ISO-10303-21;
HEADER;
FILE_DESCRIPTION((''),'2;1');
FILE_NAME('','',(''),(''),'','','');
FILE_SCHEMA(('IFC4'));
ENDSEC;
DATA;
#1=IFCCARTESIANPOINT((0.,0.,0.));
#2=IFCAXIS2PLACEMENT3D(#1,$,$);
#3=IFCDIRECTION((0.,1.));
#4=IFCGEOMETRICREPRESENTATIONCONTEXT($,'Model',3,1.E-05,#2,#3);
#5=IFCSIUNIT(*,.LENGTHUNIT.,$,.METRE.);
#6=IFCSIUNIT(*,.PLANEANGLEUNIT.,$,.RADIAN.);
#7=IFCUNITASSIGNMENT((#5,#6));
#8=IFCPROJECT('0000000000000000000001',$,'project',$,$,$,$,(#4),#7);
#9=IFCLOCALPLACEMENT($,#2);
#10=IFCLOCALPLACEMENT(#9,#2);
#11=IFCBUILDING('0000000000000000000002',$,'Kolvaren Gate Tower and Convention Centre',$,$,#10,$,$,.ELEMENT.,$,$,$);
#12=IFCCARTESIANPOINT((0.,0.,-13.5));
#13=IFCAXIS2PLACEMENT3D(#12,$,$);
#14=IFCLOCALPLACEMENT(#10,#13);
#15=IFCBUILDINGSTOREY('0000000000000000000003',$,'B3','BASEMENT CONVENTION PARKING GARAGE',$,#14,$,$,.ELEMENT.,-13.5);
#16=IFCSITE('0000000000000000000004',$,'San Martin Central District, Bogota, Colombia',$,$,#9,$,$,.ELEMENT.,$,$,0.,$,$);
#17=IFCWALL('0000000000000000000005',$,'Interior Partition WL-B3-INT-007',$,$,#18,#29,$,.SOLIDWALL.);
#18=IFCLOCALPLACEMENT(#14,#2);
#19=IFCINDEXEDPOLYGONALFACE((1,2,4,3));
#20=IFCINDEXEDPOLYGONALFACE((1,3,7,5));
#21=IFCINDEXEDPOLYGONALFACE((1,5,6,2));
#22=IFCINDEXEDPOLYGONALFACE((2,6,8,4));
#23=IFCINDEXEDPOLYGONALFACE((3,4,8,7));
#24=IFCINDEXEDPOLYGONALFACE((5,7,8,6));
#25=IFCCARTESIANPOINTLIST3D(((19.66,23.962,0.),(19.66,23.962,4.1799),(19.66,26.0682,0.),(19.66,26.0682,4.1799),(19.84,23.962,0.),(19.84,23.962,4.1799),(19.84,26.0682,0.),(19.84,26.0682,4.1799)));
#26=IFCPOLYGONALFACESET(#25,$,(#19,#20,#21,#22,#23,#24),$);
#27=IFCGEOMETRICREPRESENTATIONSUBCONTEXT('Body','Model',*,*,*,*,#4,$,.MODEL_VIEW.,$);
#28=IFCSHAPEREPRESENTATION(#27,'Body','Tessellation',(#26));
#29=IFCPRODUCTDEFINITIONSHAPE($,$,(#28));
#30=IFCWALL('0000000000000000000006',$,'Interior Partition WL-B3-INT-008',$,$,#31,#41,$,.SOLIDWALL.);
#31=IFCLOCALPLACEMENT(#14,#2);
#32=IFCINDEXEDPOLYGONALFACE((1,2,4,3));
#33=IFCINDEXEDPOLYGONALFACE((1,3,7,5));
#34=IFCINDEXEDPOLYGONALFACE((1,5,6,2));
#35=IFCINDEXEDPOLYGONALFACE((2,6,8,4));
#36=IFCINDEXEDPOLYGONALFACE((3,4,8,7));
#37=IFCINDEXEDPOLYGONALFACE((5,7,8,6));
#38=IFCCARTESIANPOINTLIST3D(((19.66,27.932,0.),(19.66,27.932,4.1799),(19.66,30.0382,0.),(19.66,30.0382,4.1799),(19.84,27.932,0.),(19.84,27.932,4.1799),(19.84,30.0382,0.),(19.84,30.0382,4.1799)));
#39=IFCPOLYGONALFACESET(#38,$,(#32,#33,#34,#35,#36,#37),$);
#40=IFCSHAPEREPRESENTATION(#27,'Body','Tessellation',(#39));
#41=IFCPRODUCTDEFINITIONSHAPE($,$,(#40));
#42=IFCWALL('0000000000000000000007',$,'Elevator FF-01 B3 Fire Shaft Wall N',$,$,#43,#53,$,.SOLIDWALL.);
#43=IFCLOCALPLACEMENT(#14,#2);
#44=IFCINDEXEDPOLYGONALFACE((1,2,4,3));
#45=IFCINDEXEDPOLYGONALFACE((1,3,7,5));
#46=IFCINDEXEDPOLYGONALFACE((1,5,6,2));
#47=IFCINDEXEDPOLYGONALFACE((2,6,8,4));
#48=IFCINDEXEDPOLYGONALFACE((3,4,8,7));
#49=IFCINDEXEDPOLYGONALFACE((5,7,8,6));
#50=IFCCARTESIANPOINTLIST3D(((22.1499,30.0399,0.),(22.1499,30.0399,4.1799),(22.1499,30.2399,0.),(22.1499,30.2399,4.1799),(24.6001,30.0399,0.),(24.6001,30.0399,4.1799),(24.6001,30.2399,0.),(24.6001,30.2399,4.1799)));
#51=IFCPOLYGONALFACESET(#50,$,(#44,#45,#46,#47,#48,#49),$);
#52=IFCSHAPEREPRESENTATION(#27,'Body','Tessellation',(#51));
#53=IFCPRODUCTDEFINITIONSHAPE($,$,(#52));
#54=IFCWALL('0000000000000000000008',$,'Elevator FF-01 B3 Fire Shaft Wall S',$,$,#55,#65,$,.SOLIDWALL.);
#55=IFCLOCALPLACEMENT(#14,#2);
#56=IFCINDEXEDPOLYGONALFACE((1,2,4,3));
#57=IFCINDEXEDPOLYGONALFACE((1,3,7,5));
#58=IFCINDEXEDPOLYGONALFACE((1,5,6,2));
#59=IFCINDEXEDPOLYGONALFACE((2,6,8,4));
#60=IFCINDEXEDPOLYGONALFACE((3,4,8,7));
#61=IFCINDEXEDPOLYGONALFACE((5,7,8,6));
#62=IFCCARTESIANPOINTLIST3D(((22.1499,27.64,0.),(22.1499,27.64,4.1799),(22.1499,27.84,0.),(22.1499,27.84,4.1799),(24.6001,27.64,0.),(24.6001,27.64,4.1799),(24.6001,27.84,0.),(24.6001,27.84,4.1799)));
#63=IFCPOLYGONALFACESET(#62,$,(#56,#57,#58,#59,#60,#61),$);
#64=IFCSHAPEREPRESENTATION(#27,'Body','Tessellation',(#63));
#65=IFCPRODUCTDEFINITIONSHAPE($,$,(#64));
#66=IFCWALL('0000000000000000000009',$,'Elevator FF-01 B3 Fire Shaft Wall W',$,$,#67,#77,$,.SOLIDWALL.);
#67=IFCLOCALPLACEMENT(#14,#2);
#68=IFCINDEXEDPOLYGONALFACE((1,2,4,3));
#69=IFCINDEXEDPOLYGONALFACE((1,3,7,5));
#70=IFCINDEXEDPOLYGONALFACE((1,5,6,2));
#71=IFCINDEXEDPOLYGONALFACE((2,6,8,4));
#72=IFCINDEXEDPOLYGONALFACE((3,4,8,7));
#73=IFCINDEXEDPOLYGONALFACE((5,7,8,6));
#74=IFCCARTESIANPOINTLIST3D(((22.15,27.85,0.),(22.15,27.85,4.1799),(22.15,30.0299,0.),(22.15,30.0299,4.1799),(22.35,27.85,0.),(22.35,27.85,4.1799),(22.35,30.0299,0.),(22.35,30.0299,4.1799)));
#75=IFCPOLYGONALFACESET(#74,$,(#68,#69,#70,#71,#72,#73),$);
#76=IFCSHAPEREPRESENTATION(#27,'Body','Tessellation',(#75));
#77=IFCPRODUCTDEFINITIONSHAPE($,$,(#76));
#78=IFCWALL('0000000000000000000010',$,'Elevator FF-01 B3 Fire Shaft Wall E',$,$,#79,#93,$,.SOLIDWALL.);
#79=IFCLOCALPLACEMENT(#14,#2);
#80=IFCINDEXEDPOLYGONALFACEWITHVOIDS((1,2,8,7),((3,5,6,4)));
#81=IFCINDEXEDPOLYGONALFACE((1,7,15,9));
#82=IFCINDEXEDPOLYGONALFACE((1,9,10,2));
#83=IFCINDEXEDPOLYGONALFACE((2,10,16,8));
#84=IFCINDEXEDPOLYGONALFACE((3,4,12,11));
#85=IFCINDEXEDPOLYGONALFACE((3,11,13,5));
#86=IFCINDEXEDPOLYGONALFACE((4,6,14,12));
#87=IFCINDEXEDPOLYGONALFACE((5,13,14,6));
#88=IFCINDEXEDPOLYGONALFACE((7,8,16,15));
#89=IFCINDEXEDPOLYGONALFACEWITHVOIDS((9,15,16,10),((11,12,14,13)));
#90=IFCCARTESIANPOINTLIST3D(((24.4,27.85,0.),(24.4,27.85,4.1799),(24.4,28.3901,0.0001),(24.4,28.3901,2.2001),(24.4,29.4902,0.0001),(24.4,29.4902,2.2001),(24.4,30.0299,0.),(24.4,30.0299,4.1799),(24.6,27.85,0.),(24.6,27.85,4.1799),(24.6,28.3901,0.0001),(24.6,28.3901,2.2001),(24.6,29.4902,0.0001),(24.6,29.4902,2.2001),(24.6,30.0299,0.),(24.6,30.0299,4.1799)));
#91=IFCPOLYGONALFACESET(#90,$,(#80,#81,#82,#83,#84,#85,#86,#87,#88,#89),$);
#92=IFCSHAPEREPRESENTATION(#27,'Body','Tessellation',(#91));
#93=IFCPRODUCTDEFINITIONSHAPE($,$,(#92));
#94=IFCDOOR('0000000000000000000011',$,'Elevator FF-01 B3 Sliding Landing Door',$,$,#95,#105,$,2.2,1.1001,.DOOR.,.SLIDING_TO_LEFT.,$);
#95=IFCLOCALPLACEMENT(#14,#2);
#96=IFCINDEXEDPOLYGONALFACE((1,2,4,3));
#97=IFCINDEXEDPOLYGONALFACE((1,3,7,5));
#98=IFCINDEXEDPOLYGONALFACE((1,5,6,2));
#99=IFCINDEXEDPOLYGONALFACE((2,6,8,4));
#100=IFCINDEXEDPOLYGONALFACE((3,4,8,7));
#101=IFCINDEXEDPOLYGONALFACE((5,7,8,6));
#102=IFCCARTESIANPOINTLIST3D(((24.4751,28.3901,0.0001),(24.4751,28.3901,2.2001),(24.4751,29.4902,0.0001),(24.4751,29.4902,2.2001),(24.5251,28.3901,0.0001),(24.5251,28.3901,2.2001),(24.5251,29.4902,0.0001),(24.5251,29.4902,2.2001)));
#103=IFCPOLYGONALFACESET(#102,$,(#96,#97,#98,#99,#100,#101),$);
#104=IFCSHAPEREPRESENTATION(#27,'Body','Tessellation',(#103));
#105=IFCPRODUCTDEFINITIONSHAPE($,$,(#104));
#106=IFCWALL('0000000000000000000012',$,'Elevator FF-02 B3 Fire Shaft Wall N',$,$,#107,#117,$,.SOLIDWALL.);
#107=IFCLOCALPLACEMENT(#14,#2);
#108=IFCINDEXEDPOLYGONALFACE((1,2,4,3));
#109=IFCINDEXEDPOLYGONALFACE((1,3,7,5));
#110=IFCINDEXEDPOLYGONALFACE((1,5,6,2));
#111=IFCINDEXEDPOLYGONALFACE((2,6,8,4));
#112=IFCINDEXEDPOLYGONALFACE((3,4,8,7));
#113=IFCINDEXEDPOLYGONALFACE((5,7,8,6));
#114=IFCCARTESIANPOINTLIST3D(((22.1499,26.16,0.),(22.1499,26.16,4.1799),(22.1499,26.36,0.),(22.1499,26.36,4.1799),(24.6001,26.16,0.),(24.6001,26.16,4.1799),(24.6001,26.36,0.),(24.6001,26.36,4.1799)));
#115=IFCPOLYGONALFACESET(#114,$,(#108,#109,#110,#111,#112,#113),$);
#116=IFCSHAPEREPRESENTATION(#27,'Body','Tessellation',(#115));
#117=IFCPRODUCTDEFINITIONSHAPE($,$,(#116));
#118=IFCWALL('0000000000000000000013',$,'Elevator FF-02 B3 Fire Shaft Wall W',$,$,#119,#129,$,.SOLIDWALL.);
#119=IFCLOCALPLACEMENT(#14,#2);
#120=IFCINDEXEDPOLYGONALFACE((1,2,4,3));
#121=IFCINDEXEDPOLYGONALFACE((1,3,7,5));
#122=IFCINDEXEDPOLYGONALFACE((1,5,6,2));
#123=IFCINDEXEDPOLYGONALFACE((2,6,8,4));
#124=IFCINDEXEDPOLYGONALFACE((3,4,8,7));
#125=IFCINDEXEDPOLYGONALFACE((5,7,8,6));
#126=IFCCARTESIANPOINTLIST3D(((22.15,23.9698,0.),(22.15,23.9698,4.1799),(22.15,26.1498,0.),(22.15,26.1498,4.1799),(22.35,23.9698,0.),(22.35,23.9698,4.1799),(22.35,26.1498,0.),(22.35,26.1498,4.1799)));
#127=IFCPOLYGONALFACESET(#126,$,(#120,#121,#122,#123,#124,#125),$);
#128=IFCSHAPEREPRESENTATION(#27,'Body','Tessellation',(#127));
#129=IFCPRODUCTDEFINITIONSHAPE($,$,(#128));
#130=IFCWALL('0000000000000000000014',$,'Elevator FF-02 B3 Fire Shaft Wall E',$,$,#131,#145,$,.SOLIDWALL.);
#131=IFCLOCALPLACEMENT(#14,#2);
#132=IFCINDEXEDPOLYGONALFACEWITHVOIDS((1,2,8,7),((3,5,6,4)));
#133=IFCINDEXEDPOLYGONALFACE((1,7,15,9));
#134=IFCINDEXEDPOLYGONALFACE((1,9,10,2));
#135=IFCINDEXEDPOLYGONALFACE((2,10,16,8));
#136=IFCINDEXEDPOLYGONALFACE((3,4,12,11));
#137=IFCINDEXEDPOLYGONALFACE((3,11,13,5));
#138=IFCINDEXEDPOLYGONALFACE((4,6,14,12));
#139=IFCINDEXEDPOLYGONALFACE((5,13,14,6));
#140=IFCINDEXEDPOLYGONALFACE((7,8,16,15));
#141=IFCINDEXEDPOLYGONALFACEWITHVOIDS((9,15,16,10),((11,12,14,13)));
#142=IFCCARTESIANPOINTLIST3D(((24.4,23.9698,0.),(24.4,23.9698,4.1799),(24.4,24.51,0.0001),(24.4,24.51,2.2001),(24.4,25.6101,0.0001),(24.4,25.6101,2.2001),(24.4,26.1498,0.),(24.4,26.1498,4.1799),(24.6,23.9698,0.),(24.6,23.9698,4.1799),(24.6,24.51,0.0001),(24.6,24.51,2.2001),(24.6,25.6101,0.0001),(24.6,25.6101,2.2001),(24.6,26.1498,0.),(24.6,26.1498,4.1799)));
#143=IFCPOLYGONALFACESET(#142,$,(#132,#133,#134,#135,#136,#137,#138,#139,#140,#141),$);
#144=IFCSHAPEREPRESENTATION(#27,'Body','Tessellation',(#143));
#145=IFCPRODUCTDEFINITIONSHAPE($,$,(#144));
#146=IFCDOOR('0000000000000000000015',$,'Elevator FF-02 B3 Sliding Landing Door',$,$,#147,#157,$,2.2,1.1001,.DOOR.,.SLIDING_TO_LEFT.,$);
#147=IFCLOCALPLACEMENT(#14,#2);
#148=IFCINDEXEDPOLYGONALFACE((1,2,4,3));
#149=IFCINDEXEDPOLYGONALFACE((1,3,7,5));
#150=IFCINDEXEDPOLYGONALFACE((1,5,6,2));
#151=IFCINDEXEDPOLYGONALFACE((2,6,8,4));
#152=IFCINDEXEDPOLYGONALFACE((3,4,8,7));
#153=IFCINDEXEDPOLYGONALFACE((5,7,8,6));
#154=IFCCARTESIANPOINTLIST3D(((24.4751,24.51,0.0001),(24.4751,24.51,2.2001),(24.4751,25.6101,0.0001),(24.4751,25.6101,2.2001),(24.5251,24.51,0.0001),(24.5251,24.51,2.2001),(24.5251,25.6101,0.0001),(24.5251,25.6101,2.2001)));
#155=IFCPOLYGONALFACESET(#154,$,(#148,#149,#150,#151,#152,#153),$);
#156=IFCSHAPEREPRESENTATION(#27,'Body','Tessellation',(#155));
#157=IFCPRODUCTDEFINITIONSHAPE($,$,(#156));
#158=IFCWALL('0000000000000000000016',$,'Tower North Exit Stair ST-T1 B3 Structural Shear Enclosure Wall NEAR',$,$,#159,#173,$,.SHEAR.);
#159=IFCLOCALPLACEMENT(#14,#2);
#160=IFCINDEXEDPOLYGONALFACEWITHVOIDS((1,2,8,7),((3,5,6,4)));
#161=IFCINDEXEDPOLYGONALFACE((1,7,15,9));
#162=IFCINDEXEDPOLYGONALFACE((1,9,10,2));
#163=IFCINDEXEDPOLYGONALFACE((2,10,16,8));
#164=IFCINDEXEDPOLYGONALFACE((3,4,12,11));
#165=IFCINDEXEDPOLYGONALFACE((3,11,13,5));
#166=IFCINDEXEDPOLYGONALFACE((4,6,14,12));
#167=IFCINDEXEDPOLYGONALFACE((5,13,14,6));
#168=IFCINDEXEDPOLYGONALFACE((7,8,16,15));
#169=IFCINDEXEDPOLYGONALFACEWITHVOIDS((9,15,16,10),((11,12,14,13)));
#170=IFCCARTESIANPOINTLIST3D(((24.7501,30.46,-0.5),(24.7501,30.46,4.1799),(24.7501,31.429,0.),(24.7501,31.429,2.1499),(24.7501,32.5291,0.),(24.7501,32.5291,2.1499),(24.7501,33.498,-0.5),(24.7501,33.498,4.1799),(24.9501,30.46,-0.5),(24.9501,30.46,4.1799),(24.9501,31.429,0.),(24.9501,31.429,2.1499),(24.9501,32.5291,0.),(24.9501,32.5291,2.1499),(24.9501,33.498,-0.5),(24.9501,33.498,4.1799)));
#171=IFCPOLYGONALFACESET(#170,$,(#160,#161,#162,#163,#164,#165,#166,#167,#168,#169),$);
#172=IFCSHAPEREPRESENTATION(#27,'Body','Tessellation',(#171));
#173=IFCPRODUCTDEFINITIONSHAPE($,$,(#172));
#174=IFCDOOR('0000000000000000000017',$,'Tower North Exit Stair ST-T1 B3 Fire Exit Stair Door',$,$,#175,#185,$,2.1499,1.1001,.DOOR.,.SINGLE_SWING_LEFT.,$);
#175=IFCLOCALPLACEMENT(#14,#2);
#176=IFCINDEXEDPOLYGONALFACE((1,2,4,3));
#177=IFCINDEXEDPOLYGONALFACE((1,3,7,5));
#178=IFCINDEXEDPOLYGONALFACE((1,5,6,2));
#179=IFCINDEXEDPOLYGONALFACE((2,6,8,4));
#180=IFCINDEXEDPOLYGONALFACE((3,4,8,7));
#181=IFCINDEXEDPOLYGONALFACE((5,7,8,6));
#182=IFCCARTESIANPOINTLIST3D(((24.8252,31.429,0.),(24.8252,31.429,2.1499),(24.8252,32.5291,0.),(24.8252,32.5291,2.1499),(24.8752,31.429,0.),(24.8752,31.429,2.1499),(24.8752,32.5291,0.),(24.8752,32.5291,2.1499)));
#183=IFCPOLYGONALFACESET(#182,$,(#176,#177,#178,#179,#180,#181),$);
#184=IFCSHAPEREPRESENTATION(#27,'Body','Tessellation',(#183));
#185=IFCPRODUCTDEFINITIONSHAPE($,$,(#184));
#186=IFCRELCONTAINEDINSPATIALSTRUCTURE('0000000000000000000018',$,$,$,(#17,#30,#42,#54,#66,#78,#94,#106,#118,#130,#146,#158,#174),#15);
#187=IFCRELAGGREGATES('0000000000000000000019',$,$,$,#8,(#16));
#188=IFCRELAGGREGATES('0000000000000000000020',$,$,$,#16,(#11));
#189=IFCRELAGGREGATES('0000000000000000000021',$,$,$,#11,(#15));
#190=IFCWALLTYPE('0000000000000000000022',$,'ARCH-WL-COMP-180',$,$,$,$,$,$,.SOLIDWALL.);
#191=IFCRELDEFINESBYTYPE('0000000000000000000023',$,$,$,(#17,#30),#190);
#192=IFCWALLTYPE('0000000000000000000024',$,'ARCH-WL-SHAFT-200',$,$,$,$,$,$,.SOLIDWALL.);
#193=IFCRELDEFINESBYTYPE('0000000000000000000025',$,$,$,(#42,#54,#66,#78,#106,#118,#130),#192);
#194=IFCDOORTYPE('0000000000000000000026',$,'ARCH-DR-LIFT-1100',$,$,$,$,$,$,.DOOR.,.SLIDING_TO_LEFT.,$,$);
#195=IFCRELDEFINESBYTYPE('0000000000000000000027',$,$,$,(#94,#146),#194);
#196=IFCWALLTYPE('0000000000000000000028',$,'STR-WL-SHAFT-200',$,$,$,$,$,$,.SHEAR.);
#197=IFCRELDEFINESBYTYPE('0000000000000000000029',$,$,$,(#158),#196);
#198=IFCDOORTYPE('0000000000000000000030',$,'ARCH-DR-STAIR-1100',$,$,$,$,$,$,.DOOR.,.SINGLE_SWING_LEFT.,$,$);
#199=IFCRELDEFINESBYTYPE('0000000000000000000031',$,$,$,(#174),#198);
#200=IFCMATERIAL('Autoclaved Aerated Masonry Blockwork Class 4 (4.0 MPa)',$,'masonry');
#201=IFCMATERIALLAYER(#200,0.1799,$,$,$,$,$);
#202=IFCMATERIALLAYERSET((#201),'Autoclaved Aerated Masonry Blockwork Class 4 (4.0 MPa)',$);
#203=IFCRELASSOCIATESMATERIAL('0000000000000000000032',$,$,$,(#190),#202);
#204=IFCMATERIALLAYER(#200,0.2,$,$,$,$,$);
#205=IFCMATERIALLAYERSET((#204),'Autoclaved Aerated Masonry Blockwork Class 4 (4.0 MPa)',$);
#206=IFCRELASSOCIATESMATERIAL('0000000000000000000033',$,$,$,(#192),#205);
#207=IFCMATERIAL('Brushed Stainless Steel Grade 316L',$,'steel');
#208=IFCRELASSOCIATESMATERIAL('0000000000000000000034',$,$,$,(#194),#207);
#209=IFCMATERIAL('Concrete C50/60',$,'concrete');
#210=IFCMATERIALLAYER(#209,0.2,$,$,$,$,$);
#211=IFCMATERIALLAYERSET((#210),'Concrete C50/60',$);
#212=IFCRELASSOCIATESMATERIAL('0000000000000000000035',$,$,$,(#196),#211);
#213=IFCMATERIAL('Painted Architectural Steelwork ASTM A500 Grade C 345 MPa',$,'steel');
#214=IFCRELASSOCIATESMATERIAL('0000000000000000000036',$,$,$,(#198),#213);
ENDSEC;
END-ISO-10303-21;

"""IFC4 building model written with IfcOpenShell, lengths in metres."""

from ifc_helpers import new_model, si_unit, direction, frame, frame_2d, origin, place, context, subcontext, project, spatial, rectangle, extrude, material, layer, layer_set, type_object, element, fill, save


model = new_model("IFC4")

# Units and contexts
model_context = context("Model", 3, precision=1e-05, world=origin(), true_north=direction((0.0, 1.0)))
body_context = subcontext(model_context, "Body", "Model", "MODEL_VIEW")
ifc_project = project(units=[si_unit("LENGTHUNIT", "METRE"), si_unit("PLANEANGLEUNIT", "RADIAN")], contexts=[model_context])

# Site, building, storey
site_placement = place(None, origin())
site = spatial("IfcSite", under=ifc_project, at=site_placement, Name="San Martin Central District, Bogota, Colombia", CompositionType="ELEMENT", RefElevation=0.0)
building_placement = place(site_placement, origin())
building = spatial("IfcBuilding", under=site, at=building_placement, Name="Kolvaren Gate Tower and Convention Centre", CompositionType="ELEMENT")
storey_placement = place(building_placement, frame((0.0, 0.0, -13.5)))
storey = spatial("IfcBuildingStorey", under=building, at=storey_placement, Name="B3", Description="BASEMENT CONVENTION PARKING GARAGE", CompositionType="ELEMENT", Elevation=-13.5)

# Shared definitions
ifc_material_1 = material(Name="Concrete C50/60", Category="concrete")

# Walls
ifc_material_2 = material(Name="Autoclaved Aerated Masonry Blockwork Class 4 (4.0 MPa)", Category="masonry")
ifc_layer_1 = layer(ifc_material_2, 0.1799)
ifc_layer_set_1 = layer_set([ifc_layer_1], Name="Autoclaved Aerated Masonry Blockwork Class 4 (4.0 MPa)")
wall_type_1 = type_object("IfcWallType", Name="ARCH-WL-COMP-180", PredefinedType="SOLIDWALL", material=ifc_layer_set_1)
for number, where, z_axis, x_axis, name in (
    (1, (19.75, 23.9619, 0.0), (0.0, 0.0, 1.0), (0.0, 1.0, 0.0), "Interior Partition WL-B3-INT-007"),
    (2, (19.75, 27.9319, 0.0), (0.0, 0.0, 1.0), (0.0, 1.0, 0.0), "Interior Partition WL-B3-INT-008"),
):
    element("IfcWall", number, at=place(storey_placement, frame(where, z_axis=z_axis, x_axis=x_axis)), inside=storey, type_object=wall_type_1, Name=name, PredefinedType="SOLIDWALL", context=body_context, shape_type="SweptSolid", body=[
        extrude(rectangle(XDim=2.1062, YDim=0.1799, at=frame_2d((1.0532, 0.0))), origin(), (0.0, 0.0, 1.0), 4.1799),
    ])
ifc_layer_2 = layer(ifc_material_2, 0.2)
ifc_layer_set_2 = layer_set([ifc_layer_2], Name="Autoclaved Aerated Masonry Blockwork Class 4 (4.0 MPa)")
wall_type_2 = type_object("IfcWallType", Name="ARCH-WL-SHAFT-200", PredefinedType="SOLIDWALL", material=ifc_layer_set_2)
for number, where, z_axis, x_axis, name in (
    (3, (22.1499, 30.1399, 0.0), (0.0, 0.0, 1.0), (1.0, 0.0, 0.0), "Elevator FF-01 B3 Fire Shaft Wall N"),
    (4, (22.1499, 27.74, 0.0), (0.0, 0.0, 1.0), (1.0, 0.0, 0.0), "Elevator FF-01 B3 Fire Shaft Wall S"),
):
    element("IfcWall", number, at=place(storey_placement, frame(where, z_axis=z_axis, x_axis=x_axis)), inside=storey, type_object=wall_type_2, Name=name, PredefinedType="SOLIDWALL", context=body_context, shape_type="SweptSolid", body=[
        extrude(rectangle(XDim=2.4502, YDim=0.2, at=frame_2d((1.2251, 0.0))), origin(), (0.0, 0.0, 1.0), 4.1799),
    ])
wall_1_placement = place(storey_placement, frame((22.25, 27.8501, 0.0), z_axis=(0.0, 0.0, 1.0), x_axis=(0.0, 1.0, 0.0)))
element("IfcWall", 5, at=wall_1_placement, inside=storey, type_object=wall_type_2, Name="Elevator FF-01 B3 Fire Shaft Wall W", PredefinedType="SOLIDWALL", context=body_context, shape_type="SweptSolid", body=[
    extrude(rectangle(XDim=2.1799, YDim=0.2, at=frame_2d((1.0898, 0.0))), origin(), (0.0, 0.0, 1.0), 4.1799),
])

# Wall, opening, door
wall_2_placement = place(storey_placement, frame((24.5, 27.8501, 0.0), z_axis=(0.0, 0.0, 1.0), x_axis=(0.0, 1.0, 0.0)))
wall_2 = element("IfcWall", 6, at=wall_2_placement, inside=storey, type_object=wall_type_2, Name="Elevator FF-01 B3 Fire Shaft Wall E", PredefinedType="SOLIDWALL", context=body_context, shape_type="SweptSolid", body=[
    extrude(rectangle(XDim=2.1799, YDim=0.2, at=frame_2d((1.0898, 0.0))), origin(), (0.0, 0.0, 1.0), 4.1799),
])
opening_1_placement = place(wall_2_placement, frame((0.54, 0.0, 0.0)))
opening_1 = element("IfcOpeningElement", 7, at=opening_1_placement, cuts=wall_2, PredefinedType="OPENING", context=body_context, shape_type="SweptSolid", body=[
    extrude(rectangle(XDim=1.1001, YDim=2.2, at=frame_2d((0.55, 1.1001))), frame((0.0, 0.1099, 0.0), z_axis=(0.0, -1.0, 0.0), x_axis=(1.0, 0.0, 0.0)), (0.0, 0.0, 1.0), 0.22),
])
ifc_material_3 = material(Name="Brushed Stainless Steel Grade 316L", Category="steel")
door_type_1 = type_object("IfcDoorType", Name="ARCH-DR-LIFT-1100", OperationType="SLIDING_TO_LEFT", PredefinedType="DOOR", material=ifc_material_3)
door_1_placement = place(opening_1_placement, origin())
door_1 = element("IfcDoor", 8, at=door_1_placement, inside=storey, type_object=door_type_1, Name="Elevator FF-01 B3 Sliding Landing Door", OperationType="SLIDING_TO_LEFT", OverallHeight=2.2, OverallWidth=1.1001, PredefinedType="DOOR", context=body_context, shape_type="SweptSolid", body=[
    extrude(rectangle(XDim=1.1001, YDim=2.2, at=frame_2d((0.55, 1.1001))), frame((0.0, 0.0249, 0.0), z_axis=(0.0, -1.0, 0.0), x_axis=(1.0, 0.0, 0.0)), (0.0, 0.0, 1.0), 0.05),
])
fill(opening_1, door_1)

# Walls
wall_3_placement = place(storey_placement, frame((22.1499, 26.26, 0.0), z_axis=(0.0, 0.0, 1.0), x_axis=(1.0, 0.0, 0.0)))
element("IfcWall", 9, at=wall_3_placement, inside=storey, type_object=wall_type_2, Name="Elevator FF-02 B3 Fire Shaft Wall N", PredefinedType="SOLIDWALL", context=body_context, shape_type="SweptSolid", body=[
    extrude(rectangle(XDim=2.4502, YDim=0.2, at=frame_2d((1.2251, 0.0))), origin(), (0.0, 0.0, 1.0), 4.1799),
])
wall_4_placement = place(storey_placement, frame((22.25, 23.97, 0.0), z_axis=(0.0, 0.0, 1.0), x_axis=(0.0, 1.0, 0.0)))
element("IfcWall", 10, at=wall_4_placement, inside=storey, type_object=wall_type_2, Name="Elevator FF-02 B3 Fire Shaft Wall W", PredefinedType="SOLIDWALL", context=body_context, shape_type="SweptSolid", body=[
    extrude(rectangle(XDim=2.1799, YDim=0.2, at=frame_2d((1.0898, 0.0))), origin(), (0.0, 0.0, 1.0), 4.1799),
])

# Walls, openings, doors
wall_5_placement = place(storey_placement, frame((24.5, 23.97, 0.0), z_axis=(0.0, 0.0, 1.0), x_axis=(0.0, 1.0, 0.0)))
wall_5 = element("IfcWall", 11, at=wall_5_placement, inside=storey, type_object=wall_type_2, Name="Elevator FF-02 B3 Fire Shaft Wall E", PredefinedType="SOLIDWALL", context=body_context, shape_type="SweptSolid", body=[
    extrude(rectangle(XDim=2.1799, YDim=0.2, at=frame_2d((1.0898, 0.0))), origin(), (0.0, 0.0, 1.0), 4.1799),
])
opening_2_placement = place(wall_5_placement, frame((0.54, 0.0, 0.0)))
opening_2 = element("IfcOpeningElement", 12, at=opening_2_placement, cuts=wall_5, PredefinedType="OPENING", context=body_context, shape_type="SweptSolid", body=[
    extrude(rectangle(XDim=1.1001, YDim=2.2, at=frame_2d((0.55, 1.1001))), frame((0.0, 0.1099, 0.0), z_axis=(0.0, -1.0, 0.0), x_axis=(1.0, 0.0, 0.0)), (0.0, 0.0, 1.0), 0.22),
])
door_2_placement = place(opening_2_placement, origin())
door_2 = element("IfcDoor", 13, at=door_2_placement, inside=storey, type_object=door_type_1, Name="Elevator FF-02 B3 Sliding Landing Door", OperationType="SLIDING_TO_LEFT", OverallHeight=2.2, OverallWidth=1.1001, PredefinedType="DOOR", context=body_context, shape_type="SweptSolid", body=[
    extrude(rectangle(XDim=1.1001, YDim=2.2, at=frame_2d((0.55, 1.1001))), frame((0.0, 0.0249, 0.0), z_axis=(0.0, -1.0, 0.0), x_axis=(1.0, 0.0, 0.0)), (0.0, 0.0, 1.0), 0.05),
])
fill(opening_2, door_2)
ifc_layer_3 = layer(ifc_material_1, 0.2)
ifc_layer_set_3 = layer_set([ifc_layer_3], Name="Concrete C50/60")
wall_type_3 = type_object("IfcWallType", Name="STR-WL-SHAFT-200", PredefinedType="SHEAR", material=ifc_layer_set_3)
wall_6_placement = place(storey_placement, frame((24.8501, 30.46, -0.5), z_axis=(0.0, 0.0, 1.0), x_axis=(0.0, 1.0, 0.0)))
wall_6 = element("IfcWall", 14, at=wall_6_placement, inside=storey, type_object=wall_type_3, Name="Tower North Exit Stair ST-T1 B3 Structural Shear Enclosure Wall NEAR", PredefinedType="SHEAR", context=body_context, shape_type="SweptSolid", body=[
    extrude(rectangle(XDim=3.0381, YDim=0.2, at=frame_2d((1.519, 0.0))), origin(), (0.0, 0.0, 1.0), 4.6799),
])
opening_3_placement = place(wall_6_placement, frame((0.969, 0.0, 0.5)))
opening_3 = element("IfcOpeningElement", 15, at=opening_3_placement, cuts=wall_6, PredefinedType="OPENING", context=body_context, shape_type="SweptSolid", body=[
    extrude(rectangle(XDim=1.1001, YDim=2.1499, at=frame_2d((0.55, 1.075))), frame((0.0, 0.1099, 0.0), z_axis=(0.0, -1.0, 0.0), x_axis=(1.0, 0.0, 0.0)), (0.0, 0.0, 1.0), 0.22),
])
ifc_material_4 = material(Name="Painted Architectural Steelwork ASTM A500 Grade C 345 MPa", Category="steel")
door_type_2 = type_object("IfcDoorType", Name="ARCH-DR-STAIR-1100", OperationType="SINGLE_SWING_LEFT", PredefinedType="DOOR", material=ifc_material_4)
door_3_placement = place(opening_3_placement, origin())
door_3 = element("IfcDoor", 16, at=door_3_placement, inside=storey, type_object=door_type_2, Name="Tower North Exit Stair ST-T1 B3 Fire Exit Stair Door", OperationType="SINGLE_SWING_LEFT", OverallHeight=2.1499, OverallWidth=1.1001, PredefinedType="DOOR", context=body_context, shape_type="SweptSolid", body=[
    extrude(rectangle(XDim=1.1001, YDim=2.1499, at=frame_2d((0.55, 1.075))), frame((0.0, 0.0249, 0.0), z_axis=(0.0, -1.0, 0.0), x_axis=(1.0, 0.0, 0.0)), (0.0, 0.0, 1.0), 0.05),
])
fill(opening_3, door_3)

save(model, "model.ifc")
